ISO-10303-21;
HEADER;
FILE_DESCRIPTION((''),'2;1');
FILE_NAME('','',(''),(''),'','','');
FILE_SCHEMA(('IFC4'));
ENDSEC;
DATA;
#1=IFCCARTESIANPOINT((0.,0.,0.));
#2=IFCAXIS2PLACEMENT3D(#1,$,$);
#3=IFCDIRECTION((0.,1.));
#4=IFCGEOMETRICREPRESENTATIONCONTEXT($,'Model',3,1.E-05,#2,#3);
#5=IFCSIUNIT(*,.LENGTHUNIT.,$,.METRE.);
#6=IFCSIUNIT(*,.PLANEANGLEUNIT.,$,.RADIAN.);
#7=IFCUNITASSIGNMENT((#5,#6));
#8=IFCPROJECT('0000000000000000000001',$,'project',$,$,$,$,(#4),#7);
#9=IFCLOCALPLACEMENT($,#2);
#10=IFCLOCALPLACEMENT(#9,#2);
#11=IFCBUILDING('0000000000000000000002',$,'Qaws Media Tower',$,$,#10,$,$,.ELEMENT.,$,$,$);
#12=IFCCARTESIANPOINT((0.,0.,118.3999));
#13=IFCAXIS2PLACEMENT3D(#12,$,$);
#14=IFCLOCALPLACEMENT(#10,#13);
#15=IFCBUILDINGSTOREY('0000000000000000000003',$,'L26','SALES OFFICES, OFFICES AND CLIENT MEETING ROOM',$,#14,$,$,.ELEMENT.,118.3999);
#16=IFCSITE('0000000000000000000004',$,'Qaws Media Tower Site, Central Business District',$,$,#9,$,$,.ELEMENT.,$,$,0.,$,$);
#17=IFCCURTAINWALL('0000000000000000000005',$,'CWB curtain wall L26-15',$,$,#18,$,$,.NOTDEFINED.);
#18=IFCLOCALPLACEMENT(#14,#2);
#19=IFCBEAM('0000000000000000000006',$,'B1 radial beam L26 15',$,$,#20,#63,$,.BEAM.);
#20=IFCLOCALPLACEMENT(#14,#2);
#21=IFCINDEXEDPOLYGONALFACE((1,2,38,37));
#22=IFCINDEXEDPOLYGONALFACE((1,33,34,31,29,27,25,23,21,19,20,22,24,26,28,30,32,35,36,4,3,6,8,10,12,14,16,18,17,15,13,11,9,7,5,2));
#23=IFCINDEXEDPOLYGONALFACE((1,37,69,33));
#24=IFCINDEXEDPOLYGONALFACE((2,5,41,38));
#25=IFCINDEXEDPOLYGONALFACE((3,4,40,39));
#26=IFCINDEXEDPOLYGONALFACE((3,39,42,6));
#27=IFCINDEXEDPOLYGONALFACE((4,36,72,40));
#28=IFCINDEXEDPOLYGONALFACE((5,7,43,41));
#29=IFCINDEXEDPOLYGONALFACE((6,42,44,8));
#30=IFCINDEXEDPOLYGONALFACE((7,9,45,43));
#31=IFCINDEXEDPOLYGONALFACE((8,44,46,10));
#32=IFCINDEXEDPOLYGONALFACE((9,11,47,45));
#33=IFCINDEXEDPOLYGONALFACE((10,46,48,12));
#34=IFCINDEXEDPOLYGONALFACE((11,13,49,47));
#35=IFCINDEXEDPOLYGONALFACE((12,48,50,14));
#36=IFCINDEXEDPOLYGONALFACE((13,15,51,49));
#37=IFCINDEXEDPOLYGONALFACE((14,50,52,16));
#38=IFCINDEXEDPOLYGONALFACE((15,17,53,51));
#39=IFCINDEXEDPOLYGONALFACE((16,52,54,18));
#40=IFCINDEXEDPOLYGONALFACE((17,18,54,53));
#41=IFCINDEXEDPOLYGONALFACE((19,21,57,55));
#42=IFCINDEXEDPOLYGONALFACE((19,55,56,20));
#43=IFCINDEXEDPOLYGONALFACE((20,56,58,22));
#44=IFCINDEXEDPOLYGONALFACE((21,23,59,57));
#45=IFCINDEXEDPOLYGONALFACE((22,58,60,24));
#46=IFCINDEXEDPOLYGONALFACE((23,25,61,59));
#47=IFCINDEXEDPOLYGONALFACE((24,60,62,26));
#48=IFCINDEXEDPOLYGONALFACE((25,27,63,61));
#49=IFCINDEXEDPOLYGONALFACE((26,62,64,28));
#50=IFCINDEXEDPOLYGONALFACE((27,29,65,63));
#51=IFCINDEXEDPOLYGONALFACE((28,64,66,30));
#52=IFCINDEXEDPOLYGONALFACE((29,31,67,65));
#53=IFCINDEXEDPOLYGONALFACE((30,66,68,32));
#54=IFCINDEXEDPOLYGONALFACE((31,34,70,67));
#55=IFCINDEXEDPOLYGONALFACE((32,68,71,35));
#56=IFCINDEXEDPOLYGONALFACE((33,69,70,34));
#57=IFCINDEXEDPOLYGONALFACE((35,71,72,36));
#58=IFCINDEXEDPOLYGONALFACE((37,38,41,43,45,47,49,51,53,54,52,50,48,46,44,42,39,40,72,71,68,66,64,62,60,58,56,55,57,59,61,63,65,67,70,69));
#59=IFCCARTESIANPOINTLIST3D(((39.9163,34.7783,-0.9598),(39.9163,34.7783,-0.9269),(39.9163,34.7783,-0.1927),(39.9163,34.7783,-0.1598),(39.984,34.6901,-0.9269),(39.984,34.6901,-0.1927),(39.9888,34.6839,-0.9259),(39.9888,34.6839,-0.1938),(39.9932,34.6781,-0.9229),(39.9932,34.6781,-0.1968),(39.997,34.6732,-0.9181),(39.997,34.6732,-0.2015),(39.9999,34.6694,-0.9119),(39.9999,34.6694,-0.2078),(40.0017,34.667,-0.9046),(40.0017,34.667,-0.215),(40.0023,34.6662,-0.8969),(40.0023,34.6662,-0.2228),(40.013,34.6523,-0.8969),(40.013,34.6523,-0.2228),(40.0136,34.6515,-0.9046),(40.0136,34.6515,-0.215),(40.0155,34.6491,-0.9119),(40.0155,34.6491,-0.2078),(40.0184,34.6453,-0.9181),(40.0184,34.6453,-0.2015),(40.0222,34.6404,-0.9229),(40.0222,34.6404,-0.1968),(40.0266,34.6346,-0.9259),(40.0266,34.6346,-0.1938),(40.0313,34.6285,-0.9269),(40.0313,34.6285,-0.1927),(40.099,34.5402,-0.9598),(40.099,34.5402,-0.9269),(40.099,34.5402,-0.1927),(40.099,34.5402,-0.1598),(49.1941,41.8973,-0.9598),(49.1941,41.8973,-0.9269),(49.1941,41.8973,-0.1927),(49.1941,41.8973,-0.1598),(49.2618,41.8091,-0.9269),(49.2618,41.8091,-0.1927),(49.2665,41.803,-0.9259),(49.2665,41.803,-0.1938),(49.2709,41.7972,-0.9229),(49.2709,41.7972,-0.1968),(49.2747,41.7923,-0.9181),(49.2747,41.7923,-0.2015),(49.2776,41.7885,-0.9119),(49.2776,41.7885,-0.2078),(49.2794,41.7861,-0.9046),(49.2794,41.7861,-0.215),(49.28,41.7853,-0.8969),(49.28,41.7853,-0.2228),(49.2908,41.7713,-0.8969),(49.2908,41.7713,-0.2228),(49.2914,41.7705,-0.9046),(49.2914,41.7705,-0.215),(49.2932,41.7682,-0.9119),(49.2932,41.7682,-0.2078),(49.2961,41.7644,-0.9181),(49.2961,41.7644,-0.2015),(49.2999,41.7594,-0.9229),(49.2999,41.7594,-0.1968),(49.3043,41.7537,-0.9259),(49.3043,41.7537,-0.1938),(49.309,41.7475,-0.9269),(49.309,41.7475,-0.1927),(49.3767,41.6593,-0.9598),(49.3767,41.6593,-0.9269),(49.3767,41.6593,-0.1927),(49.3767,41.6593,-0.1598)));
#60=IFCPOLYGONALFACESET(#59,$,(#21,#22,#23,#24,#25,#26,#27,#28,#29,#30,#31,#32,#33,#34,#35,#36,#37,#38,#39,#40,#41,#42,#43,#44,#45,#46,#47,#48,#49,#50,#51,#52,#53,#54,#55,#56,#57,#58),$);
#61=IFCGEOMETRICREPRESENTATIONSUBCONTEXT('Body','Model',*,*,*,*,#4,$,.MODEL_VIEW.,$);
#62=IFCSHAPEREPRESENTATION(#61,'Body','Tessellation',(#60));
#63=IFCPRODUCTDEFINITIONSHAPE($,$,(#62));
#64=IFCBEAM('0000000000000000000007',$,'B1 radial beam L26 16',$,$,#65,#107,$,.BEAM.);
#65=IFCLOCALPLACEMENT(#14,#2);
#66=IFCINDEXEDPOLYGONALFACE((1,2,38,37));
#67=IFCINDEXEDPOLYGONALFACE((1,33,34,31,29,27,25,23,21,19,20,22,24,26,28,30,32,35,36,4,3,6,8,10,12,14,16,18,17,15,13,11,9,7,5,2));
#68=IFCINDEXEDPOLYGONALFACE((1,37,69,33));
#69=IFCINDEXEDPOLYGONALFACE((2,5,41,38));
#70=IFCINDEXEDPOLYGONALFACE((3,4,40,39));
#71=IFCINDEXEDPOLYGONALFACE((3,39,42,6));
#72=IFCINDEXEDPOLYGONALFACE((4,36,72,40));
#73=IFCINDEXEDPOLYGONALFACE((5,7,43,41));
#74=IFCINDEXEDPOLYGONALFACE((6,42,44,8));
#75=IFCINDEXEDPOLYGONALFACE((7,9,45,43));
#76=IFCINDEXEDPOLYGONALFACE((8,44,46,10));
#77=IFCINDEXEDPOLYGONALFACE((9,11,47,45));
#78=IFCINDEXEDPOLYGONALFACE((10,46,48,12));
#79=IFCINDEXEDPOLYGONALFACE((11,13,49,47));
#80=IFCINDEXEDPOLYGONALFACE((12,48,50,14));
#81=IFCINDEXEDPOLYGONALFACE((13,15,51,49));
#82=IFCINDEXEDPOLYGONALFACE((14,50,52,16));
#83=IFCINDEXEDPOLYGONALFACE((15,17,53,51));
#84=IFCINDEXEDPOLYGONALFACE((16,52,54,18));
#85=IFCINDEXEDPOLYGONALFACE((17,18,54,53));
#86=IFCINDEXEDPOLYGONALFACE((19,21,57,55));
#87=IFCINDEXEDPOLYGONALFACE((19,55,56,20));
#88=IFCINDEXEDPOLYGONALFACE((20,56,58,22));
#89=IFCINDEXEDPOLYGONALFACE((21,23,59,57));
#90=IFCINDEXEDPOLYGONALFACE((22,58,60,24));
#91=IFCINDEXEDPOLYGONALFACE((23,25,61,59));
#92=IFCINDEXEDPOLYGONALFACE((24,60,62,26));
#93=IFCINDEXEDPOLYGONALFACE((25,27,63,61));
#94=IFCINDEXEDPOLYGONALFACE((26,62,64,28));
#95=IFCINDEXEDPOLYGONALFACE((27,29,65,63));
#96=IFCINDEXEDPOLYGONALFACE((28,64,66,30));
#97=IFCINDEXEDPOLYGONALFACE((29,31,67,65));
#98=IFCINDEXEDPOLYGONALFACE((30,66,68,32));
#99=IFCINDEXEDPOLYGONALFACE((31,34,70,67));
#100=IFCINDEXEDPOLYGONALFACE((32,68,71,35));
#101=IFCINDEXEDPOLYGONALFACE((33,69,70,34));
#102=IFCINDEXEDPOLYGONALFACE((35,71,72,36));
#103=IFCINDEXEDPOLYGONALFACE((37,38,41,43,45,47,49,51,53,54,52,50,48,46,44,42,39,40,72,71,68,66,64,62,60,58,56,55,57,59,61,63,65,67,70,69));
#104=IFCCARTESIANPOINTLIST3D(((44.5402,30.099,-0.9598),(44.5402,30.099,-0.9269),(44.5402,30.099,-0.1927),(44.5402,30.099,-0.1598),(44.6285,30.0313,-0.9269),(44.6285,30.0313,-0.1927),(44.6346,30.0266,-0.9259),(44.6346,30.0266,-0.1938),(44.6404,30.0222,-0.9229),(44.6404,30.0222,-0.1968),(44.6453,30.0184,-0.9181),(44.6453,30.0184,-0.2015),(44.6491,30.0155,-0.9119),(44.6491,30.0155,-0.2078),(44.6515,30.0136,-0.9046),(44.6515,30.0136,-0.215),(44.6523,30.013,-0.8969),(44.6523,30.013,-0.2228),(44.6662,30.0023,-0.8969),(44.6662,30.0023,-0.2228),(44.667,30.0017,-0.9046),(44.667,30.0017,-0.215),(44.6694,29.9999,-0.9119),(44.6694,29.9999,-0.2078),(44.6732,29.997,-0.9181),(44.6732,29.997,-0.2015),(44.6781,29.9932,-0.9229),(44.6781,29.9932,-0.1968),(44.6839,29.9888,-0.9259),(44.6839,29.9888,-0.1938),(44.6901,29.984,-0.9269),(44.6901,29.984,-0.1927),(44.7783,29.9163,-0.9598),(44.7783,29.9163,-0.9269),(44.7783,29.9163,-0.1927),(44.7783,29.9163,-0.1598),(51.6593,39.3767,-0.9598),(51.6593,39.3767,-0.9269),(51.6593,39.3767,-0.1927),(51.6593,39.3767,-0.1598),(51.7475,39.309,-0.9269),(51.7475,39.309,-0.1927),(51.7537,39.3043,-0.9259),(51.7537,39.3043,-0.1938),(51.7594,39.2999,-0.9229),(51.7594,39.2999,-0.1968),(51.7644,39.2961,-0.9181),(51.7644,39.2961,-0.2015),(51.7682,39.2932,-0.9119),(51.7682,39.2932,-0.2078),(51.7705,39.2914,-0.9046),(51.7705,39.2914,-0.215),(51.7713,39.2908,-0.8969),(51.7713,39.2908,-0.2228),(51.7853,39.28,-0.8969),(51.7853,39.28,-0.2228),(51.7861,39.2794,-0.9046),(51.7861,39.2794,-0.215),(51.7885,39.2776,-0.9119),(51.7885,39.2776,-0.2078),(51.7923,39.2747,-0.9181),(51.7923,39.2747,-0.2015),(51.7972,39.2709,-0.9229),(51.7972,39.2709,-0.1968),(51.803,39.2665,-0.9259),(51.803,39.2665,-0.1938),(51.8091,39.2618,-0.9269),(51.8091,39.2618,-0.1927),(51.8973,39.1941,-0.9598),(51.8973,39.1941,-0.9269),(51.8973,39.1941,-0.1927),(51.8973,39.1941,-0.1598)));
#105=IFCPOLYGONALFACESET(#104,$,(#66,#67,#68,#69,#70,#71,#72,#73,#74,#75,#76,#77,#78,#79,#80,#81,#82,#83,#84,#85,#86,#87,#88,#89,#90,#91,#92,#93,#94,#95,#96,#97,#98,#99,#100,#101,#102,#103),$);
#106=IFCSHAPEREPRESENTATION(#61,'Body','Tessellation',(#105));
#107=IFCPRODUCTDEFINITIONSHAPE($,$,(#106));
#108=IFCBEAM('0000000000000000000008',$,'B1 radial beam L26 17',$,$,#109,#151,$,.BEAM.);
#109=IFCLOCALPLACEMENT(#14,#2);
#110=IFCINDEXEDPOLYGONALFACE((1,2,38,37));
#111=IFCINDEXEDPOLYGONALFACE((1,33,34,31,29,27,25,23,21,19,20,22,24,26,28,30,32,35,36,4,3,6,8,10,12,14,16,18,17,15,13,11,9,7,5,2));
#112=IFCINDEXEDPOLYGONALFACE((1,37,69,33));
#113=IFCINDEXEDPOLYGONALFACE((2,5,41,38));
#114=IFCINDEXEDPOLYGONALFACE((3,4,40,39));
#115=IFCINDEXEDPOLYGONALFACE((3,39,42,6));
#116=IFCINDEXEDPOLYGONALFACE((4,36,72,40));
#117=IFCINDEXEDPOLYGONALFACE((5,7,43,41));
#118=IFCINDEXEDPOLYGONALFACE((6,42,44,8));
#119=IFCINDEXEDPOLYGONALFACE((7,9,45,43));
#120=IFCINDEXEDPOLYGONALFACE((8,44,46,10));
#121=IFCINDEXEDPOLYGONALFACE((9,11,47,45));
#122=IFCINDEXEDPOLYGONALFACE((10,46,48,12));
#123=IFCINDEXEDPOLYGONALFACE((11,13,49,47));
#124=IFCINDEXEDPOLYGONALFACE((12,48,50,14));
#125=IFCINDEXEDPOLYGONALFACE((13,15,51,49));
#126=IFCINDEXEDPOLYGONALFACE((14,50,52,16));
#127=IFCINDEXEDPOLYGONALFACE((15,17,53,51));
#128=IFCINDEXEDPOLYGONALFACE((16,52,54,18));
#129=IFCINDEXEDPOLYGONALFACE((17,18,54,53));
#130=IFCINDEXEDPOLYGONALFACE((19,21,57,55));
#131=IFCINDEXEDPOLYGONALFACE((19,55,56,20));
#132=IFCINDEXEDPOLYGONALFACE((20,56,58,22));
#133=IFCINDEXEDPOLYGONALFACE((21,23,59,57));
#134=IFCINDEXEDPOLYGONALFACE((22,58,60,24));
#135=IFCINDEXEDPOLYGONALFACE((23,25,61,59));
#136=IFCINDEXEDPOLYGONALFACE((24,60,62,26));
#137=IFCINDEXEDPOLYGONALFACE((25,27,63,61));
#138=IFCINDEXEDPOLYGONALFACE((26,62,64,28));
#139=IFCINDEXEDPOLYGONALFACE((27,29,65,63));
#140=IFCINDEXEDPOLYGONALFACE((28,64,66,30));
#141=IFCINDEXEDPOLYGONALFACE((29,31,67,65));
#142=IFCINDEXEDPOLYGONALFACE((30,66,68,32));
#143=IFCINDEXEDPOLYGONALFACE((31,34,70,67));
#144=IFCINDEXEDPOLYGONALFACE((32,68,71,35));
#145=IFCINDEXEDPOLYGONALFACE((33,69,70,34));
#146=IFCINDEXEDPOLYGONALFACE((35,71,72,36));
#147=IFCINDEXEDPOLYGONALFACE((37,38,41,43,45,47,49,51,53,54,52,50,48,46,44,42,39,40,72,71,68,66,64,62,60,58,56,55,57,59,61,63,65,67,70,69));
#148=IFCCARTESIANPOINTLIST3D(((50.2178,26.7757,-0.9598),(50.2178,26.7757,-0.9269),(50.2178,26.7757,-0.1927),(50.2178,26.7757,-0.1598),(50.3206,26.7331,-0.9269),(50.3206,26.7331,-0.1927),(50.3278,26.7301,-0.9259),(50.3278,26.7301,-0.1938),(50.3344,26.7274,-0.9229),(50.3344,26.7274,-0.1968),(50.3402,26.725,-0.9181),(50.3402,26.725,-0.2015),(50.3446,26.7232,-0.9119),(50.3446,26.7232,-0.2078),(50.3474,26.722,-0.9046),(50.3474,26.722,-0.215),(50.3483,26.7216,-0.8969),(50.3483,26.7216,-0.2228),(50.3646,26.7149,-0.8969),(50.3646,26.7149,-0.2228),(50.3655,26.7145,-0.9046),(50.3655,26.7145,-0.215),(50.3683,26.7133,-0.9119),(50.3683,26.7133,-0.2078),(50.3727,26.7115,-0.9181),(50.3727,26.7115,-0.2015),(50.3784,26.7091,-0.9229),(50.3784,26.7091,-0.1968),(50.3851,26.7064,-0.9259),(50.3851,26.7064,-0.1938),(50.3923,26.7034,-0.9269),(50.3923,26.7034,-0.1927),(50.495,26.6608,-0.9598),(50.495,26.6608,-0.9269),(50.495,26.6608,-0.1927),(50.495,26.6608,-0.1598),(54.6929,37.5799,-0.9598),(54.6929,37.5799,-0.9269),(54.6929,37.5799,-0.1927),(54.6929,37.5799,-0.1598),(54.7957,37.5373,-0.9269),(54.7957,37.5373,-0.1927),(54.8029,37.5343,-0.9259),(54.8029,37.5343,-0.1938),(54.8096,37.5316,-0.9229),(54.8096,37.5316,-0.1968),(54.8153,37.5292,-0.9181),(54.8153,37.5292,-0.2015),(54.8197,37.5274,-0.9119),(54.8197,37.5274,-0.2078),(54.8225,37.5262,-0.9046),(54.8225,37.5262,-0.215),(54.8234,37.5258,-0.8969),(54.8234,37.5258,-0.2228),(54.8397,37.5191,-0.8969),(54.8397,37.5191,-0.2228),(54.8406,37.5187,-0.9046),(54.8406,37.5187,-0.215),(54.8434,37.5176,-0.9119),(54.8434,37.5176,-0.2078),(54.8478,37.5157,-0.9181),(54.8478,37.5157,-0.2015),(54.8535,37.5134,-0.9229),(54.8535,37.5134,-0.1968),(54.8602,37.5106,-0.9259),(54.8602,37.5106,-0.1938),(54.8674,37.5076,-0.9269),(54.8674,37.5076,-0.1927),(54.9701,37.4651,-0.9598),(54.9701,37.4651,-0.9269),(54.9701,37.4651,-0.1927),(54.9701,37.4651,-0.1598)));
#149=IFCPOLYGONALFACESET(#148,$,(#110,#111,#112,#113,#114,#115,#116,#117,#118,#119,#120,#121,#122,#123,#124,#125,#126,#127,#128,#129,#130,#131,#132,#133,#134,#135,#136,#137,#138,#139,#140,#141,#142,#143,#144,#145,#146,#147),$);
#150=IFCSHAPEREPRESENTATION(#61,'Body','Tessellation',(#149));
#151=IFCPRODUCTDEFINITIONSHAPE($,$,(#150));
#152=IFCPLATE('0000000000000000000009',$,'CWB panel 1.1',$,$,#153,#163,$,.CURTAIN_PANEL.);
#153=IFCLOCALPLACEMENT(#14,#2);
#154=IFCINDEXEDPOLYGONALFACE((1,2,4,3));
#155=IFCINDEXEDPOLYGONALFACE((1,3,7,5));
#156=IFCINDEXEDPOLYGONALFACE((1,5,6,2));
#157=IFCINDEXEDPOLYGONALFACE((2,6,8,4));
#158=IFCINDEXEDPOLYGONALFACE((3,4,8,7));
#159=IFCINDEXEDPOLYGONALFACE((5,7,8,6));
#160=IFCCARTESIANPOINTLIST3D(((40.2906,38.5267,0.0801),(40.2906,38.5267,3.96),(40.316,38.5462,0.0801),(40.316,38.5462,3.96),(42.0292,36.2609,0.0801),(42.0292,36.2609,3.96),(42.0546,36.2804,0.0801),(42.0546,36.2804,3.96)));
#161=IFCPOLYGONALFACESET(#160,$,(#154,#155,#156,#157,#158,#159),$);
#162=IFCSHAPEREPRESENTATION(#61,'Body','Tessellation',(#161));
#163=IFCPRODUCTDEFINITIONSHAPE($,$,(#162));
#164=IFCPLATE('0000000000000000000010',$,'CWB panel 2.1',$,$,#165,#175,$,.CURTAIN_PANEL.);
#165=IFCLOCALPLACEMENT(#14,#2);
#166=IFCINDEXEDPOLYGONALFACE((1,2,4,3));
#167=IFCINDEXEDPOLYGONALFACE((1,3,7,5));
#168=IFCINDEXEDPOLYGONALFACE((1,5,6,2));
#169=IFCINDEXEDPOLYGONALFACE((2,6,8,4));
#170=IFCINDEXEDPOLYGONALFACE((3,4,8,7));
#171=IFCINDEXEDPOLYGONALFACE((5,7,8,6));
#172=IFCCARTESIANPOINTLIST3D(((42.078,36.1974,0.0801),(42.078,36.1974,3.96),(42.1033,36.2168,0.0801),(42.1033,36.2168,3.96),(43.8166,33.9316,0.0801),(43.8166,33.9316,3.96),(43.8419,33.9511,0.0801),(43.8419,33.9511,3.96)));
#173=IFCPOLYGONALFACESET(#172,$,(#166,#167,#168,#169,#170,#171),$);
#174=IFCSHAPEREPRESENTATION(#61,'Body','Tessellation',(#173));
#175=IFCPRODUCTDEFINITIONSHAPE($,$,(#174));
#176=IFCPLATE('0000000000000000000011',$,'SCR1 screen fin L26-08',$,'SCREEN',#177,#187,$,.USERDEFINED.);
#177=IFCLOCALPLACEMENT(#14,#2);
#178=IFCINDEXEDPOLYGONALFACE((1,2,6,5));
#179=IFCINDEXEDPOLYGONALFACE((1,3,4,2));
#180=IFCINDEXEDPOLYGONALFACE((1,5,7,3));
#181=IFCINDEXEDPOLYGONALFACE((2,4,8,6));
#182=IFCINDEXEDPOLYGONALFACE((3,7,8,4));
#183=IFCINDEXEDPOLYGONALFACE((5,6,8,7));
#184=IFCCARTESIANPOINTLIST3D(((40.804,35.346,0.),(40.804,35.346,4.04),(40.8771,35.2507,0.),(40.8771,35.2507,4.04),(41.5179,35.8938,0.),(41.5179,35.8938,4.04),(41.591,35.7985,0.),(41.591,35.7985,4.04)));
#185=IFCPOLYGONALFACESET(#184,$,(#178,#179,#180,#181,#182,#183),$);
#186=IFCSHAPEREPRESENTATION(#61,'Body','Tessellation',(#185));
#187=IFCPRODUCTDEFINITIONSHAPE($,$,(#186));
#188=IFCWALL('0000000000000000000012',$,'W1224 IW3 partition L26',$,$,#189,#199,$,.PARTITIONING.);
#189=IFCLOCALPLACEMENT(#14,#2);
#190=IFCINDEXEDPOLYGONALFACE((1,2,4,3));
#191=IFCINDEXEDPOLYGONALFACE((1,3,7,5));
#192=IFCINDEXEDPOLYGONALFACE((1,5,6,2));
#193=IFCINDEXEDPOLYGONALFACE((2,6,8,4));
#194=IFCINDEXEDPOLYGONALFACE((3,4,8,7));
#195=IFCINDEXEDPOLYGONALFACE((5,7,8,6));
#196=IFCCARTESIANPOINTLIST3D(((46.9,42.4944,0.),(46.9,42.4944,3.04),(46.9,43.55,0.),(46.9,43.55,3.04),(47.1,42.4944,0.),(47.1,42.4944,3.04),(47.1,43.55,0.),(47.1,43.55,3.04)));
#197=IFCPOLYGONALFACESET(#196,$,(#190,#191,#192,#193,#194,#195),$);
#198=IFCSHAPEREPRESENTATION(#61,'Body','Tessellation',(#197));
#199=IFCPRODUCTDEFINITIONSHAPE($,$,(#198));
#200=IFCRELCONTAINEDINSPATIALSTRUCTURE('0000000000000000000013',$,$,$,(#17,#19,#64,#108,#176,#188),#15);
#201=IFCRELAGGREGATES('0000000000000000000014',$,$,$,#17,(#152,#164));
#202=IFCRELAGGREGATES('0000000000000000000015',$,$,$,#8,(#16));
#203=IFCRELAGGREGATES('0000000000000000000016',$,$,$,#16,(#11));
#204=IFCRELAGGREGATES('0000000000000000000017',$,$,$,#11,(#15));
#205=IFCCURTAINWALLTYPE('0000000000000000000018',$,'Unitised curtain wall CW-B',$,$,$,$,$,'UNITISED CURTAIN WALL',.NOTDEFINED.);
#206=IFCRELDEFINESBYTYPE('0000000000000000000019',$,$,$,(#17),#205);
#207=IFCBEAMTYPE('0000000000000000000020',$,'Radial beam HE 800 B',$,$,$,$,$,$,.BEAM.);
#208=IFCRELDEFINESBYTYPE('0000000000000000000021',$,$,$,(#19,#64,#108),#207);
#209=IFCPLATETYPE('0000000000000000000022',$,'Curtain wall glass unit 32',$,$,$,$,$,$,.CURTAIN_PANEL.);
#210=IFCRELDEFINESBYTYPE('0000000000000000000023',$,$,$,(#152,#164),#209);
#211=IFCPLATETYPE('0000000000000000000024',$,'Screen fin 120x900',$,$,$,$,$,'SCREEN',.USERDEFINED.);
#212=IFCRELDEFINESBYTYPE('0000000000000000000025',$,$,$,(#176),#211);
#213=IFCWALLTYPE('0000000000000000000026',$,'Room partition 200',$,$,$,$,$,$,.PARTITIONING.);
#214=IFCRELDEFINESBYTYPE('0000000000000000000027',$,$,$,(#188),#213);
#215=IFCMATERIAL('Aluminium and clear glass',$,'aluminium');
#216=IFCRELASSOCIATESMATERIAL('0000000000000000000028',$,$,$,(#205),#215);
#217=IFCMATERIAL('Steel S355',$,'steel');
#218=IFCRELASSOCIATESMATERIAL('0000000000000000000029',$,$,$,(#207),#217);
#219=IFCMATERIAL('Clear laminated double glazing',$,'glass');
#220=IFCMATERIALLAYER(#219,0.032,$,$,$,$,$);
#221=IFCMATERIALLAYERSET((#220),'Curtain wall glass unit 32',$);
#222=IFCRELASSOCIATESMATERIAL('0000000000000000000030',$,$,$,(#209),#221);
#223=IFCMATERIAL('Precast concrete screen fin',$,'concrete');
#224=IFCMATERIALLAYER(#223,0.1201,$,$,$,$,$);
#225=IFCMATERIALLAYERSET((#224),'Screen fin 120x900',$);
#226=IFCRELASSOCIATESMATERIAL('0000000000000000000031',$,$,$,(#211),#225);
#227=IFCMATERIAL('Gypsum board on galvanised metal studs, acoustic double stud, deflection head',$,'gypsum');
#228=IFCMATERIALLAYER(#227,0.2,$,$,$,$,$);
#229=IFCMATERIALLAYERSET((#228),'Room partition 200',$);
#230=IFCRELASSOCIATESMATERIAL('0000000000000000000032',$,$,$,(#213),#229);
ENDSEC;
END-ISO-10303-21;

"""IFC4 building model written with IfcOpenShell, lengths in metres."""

from ifc_helpers import new_model, si_unit, direction, frame, frame_2d, origin, origin_2d, place, context, subcontext, project, spatial, rectangle, i_section, extrude, material, layer, layer_set, material_profile, profile_set, type_object, element, aggregate, save


model = new_model("IFC4")

# Units and contexts
model_context = context("Model", 3, precision=1e-05, world=origin(), true_north=direction((0.0, 1.0)))
body_context = subcontext(model_context, "Body", "Model", "MODEL_VIEW")
ifc_project = project(units=[si_unit("LENGTHUNIT", "METRE"), si_unit("PLANEANGLEUNIT", "RADIAN")], contexts=[model_context])

# Site, building, storey
site_placement = place(None, origin())
site = spatial("IfcSite", under=ifc_project, at=site_placement, Name="Qaws Media Tower Site, Central Business District", CompositionType="ELEMENT", RefElevation=0.0)
building_placement = place(site_placement, origin())
building = spatial("IfcBuilding", under=site, at=building_placement, Name="Qaws Media Tower", CompositionType="ELEMENT")
storey_placement = place(building_placement, frame((0.0, 0.0, 118.3999)))
storey = spatial("IfcBuildingStorey", under=building, at=storey_placement, Name="L26", Description="SALES OFFICES, OFFICES AND CLIENT MEETING ROOM", CompositionType="ELEMENT", Elevation=118.3999)

# Shared definitions
ifc_material_1 = material(Name="Aluminium and clear glass", Category="aluminium")
curtain_wall_type = type_object("IfcCurtainWallType", Name="Unitised curtain wall CW-B", ElementType="UNITISED CURTAIN WALL", PredefinedType="NOTDEFINED", material=ifc_material_1)

# Curtain wall
curtain_wall_1_placement = place(storey_placement, origin())
curtain_wall_1 = element("IfcCurtainWall", 1, at=curtain_wall_1_placement, inside=storey, type_object=curtain_wall_type, Name="CWB curtain wall L26-15", PredefinedType="NOTDEFINED")

# Beams
ifc_material_2 = material(Name="Steel S355", Category="steel")
ifc_material_profile_1 = material_profile(ifc_material_2, i_section(OverallWidth=0.3, OverallDepth=0.8, WebThickness=0.0176, FlangeThickness=0.033, FilletRadius=0.03, at=origin_2d()), Name="HE 800 B")
ifc_profile_set_1 = profile_set([ifc_material_profile_1], Name="Steel S355")
beam_type_1 = type_object("IfcBeamType", Name="Radial beam HE 800 B", PredefinedType="BEAM", material=ifc_profile_set_1)
for number, where, z_axis, x_axis, name in (
    (2, (49.2854, 41.7783, -0.5598), (-0.793353, -0.608762, 0.0), (0.608762, -0.793353, 0.0), "B1 radial beam L26 15"),
    (3, (51.7783, 39.2854, -0.5598), (-0.608762, -0.793353, 0.0), (0.793353, -0.608762, 0.0), "B1 radial beam L26 16"),
    (4, (54.8315, 37.5225, -0.5598), (-0.382673, -0.923884, 0.0), (0.923884, -0.382673, 0.0), "B1 radial beam L26 17"),
):
    element("IfcBeam", number, at=place(storey_placement, frame(where, z_axis=z_axis, x_axis=x_axis)), inside=storey, type_object=beam_type_1, Name=name, PredefinedType="BEAM", context=body_context, shape_type="SweptSolid", body=[
        extrude(i_section(OverallWidth=0.3, OverallDepth=0.8, WebThickness=0.0176, FlangeThickness=0.033, FilletRadius=0.03, at=origin_2d()), origin(), (0.0, 0.0, 1.0), 11.6943),
    ])

# Plates
ifc_material_3 = material(Name="Clear laminated double glazing", Category="glass")
ifc_layer_1 = layer(ifc_material_3, 0.032)
ifc_layer_set_1 = layer_set([ifc_layer_1], Name="Curtain wall glass unit 32")
plate_type_1 = type_object("IfcPlateType", Name="Curtain wall glass unit 32", PredefinedType="CURTAIN_PANEL", material=ifc_layer_set_1)
plate_1_placement = place(storey_placement, frame((41.1726, 37.4036, 0.0801), z_axis=(0.0, 0.0, 1.0), x_axis=(0.608761, -0.793353, 0.0)))
plate_1 = element("IfcPlate", 5, at=plate_1_placement, type_object=plate_type_1, Name="CWB panel 1.1", PredefinedType="CURTAIN_PANEL", context=body_context, shape_type="SweptSolid", body=[
    extrude(rectangle(XDim=2.856, YDim=0.032, at=origin_2d()), origin(), (0.0, 0.0, 1.0), 3.8799),
])
plate_2_placement = place(storey_placement, frame((42.96, 35.0742, 0.0801), z_axis=(0.0, 0.0, 1.0), x_axis=(0.608761, -0.793353, 0.0)))
plate_2 = element("IfcPlate", 6, at=plate_2_placement, type_object=plate_type_1, Name="CWB panel 2.1", PredefinedType="CURTAIN_PANEL", context=body_context, shape_type="SweptSolid", body=[
    extrude(rectangle(XDim=2.856, YDim=0.032, at=origin_2d()), origin(), (0.0, 0.0, 1.0), 3.8799),
])
aggregate(curtain_wall_1, [plate_1, plate_2])
ifc_material_4 = material(Name="Precast concrete screen fin", Category="concrete")
ifc_layer_2 = layer(ifc_material_4, 0.1201)
ifc_layer_set_2 = layer_set([ifc_layer_2], Name="Screen fin 120x900")
plate_type_2 = type_object("IfcPlateType", Name="Screen fin 120x900", ElementType="SCREEN", PredefinedType="USERDEFINED", material=ifc_layer_set_2)
plate_3_placement = place(storey_placement, frame((41.1975, 35.5723, 0.0), z_axis=(0.0, 0.0, 1.0), x_axis=(-0.793353, -0.608761, 0.0)))
element("IfcPlate", 7, at=plate_3_placement, inside=storey, type_object=plate_type_2, Name="SCR1 screen fin L26-08", ObjectType="SCREEN", PredefinedType="USERDEFINED", context=body_context, shape_type="SweptSolid", body=[
    extrude(rectangle(XDim=0.8999, YDim=0.1201, at=origin_2d()), origin(), (0.0, 0.0, 1.0), 4.04),
])

# Wall
ifc_material_5 = material(Name="Gypsum board on galvanised metal studs, acoustic double stud, deflection head", Category="gypsum")
ifc_layer_3 = layer(ifc_material_5, 0.2)
ifc_layer_set_3 = layer_set([ifc_layer_3], Name="Room partition 200")
wall_type = type_object("IfcWallType", Name="Room partition 200", PredefinedType="PARTITIONING", material=ifc_layer_set_3)
wall_1_placement = place(storey_placement, frame((47.0, 43.55, 0.0), z_axis=(0.0, 0.0, 1.0), x_axis=(0.0, -1.0, 0.0)))
element("IfcWall", 8, at=wall_1_placement, inside=storey, type_object=wall_type, Name="W1224 IW3 partition L26", PredefinedType="PARTITIONING", context=body_context, shape_type="SweptSolid", body=[
    extrude(rectangle(XDim=1.0557, YDim=0.2, at=frame_2d((0.5278, 0.0))), origin(), (0.0, 0.0, 1.0), 3.04),
])

save(model, "model.ifc")
